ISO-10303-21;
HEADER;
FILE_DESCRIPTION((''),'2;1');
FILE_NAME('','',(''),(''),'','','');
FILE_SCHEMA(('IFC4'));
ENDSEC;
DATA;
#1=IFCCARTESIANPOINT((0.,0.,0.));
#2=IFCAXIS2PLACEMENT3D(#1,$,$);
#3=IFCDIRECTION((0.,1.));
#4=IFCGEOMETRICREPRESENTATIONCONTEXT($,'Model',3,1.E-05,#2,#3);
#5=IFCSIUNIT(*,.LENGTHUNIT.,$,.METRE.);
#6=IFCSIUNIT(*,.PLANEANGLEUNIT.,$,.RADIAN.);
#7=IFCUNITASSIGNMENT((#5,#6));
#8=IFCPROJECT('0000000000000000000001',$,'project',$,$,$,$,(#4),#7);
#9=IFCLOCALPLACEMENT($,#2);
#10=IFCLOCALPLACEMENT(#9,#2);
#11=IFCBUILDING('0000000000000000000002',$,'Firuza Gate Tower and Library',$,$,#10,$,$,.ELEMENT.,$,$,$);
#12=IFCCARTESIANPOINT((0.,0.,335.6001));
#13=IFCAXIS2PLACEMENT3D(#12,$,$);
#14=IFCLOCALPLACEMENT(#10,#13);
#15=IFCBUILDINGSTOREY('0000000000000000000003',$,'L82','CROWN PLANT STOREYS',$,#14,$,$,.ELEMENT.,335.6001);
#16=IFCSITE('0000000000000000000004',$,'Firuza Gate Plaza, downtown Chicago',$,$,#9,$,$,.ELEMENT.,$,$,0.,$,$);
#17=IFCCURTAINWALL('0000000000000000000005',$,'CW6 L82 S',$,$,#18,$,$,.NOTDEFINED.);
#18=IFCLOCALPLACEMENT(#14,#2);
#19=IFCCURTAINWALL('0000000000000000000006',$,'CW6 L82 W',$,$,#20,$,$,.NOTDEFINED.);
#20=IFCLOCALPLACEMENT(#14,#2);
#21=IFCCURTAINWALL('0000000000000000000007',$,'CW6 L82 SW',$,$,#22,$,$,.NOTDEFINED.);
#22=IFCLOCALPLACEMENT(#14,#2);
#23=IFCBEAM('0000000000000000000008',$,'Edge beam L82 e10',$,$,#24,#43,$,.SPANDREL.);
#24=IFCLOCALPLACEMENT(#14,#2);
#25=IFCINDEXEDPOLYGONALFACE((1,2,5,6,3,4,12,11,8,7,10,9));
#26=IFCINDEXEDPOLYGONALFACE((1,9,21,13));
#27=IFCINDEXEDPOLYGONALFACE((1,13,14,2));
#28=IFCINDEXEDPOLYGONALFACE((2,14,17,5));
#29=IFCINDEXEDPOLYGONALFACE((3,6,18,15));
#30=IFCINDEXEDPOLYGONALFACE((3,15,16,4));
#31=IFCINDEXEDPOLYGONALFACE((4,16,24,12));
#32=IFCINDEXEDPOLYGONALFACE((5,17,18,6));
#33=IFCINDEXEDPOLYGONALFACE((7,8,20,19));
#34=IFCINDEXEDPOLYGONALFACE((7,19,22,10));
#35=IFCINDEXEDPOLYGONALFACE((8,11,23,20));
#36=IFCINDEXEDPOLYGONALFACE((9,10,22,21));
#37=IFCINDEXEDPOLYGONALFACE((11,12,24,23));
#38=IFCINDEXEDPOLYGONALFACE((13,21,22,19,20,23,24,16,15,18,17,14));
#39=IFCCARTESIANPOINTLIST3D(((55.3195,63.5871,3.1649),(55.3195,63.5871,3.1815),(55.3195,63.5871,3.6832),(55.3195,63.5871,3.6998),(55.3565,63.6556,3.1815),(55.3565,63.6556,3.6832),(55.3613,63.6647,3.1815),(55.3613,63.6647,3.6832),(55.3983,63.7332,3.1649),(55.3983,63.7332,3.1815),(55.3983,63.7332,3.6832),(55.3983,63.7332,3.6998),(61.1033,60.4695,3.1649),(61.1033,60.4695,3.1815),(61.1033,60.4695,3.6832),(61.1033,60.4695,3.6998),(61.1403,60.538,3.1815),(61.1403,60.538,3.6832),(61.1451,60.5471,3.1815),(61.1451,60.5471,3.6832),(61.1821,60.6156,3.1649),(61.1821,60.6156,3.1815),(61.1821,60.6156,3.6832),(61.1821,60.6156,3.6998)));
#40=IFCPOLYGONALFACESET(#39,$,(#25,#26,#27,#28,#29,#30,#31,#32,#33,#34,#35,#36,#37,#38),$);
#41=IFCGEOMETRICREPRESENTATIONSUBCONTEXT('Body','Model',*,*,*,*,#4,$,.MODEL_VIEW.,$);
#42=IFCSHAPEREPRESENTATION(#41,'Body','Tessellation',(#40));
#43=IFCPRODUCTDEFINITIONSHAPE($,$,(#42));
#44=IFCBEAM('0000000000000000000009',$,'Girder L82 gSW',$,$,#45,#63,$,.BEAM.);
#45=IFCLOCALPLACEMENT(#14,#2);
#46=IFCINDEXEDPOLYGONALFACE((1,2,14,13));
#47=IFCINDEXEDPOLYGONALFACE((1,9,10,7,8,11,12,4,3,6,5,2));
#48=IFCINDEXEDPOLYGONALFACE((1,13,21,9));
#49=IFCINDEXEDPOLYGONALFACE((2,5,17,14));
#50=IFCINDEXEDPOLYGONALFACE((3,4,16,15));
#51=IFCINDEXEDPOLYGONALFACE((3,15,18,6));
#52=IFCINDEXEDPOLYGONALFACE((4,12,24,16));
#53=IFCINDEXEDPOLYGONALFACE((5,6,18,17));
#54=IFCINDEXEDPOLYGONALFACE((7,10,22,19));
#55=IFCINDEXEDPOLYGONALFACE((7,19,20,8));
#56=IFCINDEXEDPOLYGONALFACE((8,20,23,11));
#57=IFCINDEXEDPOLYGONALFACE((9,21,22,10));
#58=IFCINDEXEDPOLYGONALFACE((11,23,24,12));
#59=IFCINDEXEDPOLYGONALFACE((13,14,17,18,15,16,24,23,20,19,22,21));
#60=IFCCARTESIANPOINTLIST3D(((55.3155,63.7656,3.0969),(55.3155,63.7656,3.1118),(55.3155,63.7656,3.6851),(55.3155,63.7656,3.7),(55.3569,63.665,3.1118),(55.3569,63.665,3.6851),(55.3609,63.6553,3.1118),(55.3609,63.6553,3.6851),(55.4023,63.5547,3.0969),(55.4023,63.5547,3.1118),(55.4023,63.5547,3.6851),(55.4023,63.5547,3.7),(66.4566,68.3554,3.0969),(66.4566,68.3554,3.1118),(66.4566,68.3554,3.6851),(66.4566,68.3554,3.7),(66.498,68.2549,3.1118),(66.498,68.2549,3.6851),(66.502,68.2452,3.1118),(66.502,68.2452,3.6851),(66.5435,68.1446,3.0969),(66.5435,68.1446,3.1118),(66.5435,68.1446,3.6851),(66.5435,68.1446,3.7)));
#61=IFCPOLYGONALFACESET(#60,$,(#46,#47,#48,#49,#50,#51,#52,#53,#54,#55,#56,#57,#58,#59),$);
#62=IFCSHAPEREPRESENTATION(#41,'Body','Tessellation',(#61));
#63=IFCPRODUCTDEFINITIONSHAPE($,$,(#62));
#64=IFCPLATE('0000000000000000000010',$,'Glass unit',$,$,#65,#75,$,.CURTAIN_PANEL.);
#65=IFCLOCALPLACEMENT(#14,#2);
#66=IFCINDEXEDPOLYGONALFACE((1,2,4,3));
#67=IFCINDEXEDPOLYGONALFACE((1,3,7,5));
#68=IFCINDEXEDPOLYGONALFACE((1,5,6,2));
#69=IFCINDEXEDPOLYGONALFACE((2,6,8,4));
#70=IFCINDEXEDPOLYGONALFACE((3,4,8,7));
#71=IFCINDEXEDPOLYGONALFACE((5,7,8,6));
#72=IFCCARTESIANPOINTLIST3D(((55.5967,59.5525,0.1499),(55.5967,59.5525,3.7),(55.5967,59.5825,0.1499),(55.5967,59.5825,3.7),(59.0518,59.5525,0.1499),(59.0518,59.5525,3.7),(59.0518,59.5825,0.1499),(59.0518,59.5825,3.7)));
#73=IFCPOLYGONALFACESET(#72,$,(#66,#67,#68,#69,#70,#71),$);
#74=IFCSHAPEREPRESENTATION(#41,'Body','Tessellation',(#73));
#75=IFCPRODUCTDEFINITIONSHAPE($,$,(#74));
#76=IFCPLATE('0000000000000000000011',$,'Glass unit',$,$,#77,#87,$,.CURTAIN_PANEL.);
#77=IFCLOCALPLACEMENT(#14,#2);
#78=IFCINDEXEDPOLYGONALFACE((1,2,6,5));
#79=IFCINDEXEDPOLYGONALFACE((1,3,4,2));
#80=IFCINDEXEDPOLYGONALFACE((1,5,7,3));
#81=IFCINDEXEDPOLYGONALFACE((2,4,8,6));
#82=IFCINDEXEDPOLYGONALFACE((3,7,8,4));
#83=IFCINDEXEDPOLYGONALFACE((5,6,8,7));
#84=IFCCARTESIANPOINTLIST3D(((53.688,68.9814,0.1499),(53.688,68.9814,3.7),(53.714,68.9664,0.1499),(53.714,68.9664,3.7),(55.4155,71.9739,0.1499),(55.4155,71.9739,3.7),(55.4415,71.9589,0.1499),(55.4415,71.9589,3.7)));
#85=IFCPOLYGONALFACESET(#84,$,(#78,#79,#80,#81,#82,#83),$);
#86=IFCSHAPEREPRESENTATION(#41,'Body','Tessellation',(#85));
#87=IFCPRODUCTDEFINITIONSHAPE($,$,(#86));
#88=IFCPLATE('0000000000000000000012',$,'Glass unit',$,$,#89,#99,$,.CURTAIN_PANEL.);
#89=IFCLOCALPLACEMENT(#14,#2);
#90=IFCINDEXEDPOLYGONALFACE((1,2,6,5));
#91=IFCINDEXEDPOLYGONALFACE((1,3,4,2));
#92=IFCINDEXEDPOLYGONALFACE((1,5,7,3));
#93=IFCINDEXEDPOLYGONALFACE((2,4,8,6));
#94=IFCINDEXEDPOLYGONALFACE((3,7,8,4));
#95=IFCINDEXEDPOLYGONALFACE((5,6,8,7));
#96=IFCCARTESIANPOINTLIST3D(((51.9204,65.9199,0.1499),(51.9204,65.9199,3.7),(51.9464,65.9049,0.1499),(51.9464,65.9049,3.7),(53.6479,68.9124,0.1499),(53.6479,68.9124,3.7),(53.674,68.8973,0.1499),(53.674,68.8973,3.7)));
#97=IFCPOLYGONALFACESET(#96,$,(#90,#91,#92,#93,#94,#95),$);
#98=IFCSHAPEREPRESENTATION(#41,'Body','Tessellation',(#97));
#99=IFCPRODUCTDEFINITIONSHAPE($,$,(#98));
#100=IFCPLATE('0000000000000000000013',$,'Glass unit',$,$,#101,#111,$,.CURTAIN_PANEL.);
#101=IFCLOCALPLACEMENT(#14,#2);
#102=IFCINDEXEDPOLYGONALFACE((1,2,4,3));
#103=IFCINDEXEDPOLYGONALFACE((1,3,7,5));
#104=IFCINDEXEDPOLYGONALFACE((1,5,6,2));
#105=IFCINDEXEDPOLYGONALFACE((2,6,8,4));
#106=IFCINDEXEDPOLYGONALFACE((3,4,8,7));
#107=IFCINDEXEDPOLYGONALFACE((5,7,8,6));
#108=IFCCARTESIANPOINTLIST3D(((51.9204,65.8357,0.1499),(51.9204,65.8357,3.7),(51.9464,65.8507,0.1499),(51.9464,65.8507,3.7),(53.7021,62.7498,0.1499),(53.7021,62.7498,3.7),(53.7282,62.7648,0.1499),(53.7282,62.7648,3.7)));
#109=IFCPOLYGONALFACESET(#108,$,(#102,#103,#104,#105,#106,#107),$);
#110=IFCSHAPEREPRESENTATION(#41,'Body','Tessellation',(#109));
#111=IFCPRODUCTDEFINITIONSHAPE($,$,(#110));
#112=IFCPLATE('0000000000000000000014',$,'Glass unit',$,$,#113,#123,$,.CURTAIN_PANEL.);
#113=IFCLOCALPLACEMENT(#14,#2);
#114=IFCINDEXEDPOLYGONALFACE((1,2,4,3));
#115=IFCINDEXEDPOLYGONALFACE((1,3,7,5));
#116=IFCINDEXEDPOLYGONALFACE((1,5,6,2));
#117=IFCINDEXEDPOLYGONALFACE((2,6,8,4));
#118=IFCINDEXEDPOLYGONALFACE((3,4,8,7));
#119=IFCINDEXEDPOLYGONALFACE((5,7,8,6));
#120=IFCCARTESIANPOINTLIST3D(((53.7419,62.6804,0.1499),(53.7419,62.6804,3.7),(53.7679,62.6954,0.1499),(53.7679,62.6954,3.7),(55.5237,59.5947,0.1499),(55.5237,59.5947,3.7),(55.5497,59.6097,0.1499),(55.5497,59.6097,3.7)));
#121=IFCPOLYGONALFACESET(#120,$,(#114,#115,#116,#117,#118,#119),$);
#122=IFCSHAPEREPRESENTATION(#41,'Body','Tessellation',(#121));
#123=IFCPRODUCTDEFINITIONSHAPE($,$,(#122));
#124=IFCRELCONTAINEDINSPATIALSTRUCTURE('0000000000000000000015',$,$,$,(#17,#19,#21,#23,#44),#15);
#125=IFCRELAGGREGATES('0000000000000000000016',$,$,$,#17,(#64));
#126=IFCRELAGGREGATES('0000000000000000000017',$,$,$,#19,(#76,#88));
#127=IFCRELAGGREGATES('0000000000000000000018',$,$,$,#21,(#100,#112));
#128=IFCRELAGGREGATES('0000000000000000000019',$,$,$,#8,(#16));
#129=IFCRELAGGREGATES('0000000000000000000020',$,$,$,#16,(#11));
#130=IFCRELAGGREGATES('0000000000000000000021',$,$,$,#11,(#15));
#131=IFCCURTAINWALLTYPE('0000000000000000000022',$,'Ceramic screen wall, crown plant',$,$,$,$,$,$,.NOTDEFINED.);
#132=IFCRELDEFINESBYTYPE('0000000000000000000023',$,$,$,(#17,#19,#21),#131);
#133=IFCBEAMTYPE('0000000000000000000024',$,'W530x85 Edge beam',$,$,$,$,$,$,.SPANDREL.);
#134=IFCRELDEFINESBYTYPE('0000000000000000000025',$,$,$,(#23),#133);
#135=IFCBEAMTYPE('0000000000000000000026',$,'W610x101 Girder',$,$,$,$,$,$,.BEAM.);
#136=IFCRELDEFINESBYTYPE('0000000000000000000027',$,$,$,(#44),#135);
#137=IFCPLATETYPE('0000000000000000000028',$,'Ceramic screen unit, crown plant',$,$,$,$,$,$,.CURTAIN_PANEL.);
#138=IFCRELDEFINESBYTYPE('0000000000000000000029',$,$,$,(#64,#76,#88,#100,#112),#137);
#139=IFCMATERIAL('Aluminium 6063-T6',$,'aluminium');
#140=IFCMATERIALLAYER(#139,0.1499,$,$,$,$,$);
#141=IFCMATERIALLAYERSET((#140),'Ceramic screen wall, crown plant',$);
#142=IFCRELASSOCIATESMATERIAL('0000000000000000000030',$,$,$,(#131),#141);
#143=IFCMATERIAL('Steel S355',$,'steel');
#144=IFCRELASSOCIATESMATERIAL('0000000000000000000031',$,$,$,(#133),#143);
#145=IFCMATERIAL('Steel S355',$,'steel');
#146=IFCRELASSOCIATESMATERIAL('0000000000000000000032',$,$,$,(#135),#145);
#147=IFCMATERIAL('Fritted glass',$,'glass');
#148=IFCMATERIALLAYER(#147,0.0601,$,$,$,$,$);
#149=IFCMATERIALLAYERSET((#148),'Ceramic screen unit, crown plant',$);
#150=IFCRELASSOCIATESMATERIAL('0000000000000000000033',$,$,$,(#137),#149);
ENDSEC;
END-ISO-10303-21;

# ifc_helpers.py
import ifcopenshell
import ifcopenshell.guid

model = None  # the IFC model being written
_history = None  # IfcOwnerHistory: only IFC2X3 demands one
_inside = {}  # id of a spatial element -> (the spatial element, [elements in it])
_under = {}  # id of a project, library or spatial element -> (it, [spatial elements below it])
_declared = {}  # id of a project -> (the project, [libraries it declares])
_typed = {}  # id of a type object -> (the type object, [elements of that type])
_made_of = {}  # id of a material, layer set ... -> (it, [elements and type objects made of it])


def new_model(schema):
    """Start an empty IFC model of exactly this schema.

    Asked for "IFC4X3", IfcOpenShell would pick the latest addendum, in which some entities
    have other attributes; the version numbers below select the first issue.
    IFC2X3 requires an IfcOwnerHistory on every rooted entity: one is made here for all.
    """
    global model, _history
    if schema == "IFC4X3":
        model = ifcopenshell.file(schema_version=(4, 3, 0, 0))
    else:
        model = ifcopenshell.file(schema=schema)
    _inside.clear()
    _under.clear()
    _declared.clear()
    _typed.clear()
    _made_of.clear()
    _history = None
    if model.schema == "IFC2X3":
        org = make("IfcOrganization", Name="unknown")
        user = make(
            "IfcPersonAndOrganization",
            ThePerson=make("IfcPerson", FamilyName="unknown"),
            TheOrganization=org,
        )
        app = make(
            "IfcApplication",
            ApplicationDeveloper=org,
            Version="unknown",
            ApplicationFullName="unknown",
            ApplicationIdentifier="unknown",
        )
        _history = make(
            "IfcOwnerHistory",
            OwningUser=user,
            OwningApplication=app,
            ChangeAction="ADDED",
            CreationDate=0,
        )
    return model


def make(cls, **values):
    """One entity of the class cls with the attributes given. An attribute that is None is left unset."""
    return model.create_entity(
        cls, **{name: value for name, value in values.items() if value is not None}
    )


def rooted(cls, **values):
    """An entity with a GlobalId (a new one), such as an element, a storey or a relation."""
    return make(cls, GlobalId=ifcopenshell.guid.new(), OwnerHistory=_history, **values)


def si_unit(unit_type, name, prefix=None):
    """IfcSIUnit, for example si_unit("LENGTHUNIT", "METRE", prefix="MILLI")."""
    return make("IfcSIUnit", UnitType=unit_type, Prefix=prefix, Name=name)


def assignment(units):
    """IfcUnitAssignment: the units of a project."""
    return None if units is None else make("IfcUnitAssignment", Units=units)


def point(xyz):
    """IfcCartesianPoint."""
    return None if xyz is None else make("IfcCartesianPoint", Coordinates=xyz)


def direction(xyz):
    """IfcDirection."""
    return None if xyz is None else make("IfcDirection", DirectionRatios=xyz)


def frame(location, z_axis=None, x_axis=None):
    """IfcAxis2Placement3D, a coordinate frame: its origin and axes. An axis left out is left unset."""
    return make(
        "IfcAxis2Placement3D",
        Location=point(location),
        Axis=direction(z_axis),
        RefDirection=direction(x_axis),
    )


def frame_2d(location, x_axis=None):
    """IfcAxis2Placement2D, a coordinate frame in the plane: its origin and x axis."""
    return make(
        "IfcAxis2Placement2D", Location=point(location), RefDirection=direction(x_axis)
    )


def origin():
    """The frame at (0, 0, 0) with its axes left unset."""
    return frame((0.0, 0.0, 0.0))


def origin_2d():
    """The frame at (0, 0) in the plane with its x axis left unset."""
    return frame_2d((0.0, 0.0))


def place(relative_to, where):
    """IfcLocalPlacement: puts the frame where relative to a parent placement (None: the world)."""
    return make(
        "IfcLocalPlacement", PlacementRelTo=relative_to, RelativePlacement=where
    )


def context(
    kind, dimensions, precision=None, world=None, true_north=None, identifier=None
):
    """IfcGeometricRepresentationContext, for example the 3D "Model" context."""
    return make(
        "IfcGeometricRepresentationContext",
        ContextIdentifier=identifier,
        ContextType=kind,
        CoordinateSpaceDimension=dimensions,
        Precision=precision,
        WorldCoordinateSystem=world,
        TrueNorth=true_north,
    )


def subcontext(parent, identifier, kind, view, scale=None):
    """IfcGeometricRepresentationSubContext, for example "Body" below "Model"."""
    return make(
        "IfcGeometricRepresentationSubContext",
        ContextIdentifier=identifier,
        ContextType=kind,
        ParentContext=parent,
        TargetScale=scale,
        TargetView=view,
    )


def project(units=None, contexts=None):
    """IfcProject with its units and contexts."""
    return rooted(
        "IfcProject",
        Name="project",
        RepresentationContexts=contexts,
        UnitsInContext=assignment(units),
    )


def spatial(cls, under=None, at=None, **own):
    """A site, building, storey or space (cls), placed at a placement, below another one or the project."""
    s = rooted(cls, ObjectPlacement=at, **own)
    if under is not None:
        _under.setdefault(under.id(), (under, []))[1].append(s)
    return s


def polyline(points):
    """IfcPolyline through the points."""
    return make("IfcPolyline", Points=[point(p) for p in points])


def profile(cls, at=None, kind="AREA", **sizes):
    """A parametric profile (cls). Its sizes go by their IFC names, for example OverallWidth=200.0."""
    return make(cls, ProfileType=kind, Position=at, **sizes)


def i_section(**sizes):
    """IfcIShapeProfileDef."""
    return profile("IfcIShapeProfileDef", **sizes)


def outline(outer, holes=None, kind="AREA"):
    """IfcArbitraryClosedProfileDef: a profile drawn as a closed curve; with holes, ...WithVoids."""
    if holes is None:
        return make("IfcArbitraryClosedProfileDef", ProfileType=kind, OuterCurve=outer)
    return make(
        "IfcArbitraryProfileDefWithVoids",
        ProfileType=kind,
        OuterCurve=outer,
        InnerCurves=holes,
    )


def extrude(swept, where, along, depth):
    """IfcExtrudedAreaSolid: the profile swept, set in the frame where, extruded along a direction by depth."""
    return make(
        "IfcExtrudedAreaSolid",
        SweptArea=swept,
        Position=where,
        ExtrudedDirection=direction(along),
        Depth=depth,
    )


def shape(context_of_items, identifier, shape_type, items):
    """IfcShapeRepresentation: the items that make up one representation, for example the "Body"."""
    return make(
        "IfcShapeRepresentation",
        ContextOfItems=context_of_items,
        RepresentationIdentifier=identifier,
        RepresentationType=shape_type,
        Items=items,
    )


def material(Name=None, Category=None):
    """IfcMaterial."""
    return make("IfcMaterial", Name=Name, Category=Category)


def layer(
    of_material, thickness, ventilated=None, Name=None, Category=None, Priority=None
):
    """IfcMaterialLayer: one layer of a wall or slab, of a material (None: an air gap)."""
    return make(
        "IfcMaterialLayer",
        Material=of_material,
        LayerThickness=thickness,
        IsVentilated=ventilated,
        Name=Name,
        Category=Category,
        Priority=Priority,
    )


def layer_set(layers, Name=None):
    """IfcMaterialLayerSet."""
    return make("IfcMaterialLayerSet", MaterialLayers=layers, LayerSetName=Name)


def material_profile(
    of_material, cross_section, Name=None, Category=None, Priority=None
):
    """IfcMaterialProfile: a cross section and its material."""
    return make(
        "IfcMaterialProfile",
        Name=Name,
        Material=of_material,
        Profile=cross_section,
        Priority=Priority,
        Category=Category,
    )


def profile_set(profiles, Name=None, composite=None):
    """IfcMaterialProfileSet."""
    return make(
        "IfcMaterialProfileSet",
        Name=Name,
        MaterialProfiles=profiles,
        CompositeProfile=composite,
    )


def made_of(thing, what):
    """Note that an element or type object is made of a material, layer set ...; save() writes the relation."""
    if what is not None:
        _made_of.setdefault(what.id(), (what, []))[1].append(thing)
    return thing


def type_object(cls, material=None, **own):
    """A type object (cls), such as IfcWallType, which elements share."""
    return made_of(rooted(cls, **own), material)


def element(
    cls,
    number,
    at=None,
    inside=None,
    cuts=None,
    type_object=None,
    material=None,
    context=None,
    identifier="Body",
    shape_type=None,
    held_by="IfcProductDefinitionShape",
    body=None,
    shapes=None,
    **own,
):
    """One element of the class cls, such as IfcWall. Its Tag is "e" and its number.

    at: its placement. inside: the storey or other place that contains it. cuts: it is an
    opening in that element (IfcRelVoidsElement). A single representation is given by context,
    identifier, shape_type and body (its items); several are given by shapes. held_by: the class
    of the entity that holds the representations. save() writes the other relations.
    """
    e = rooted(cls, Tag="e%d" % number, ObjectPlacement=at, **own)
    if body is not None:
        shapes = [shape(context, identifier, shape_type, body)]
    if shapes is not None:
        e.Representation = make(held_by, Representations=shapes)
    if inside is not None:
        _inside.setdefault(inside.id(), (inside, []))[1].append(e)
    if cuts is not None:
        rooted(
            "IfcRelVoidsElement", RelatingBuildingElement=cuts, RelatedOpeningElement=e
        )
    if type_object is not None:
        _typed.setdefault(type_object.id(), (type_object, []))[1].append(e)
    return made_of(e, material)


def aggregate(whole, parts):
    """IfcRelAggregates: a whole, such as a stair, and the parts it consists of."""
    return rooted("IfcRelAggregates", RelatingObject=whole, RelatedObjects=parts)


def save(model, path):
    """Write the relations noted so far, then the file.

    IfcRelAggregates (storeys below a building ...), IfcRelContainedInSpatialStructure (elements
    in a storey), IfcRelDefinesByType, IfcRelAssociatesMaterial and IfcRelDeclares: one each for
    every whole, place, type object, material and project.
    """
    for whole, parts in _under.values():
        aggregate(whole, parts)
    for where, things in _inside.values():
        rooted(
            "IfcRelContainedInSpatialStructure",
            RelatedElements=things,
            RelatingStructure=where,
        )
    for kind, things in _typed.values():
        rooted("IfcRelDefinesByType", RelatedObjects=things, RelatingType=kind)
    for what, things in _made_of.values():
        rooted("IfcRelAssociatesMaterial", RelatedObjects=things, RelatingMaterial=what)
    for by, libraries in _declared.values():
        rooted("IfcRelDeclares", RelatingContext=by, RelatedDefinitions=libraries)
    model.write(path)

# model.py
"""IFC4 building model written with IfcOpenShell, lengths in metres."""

from ifc_helpers import new_model, si_unit, direction, frame, origin, origin_2d, place, context, subcontext, project, spatial, polyline, i_section, outline, extrude, material, layer, layer_set, material_profile, profile_set, type_object, element, aggregate, save


model = new_model("IFC4")

# Units and contexts
model_context = context("Model", 3, precision=1e-05, world=origin(), true_north=direction((0.0, 1.0)))
body_context = subcontext(model_context, "Body", "Model", "MODEL_VIEW")
ifc_project = project(units=[si_unit("LENGTHUNIT", "METRE"), si_unit("PLANEANGLEUNIT", "RADIAN")], contexts=[model_context])

# Site, building, storey
site_placement = place(None, origin())
site = spatial("IfcSite", under=ifc_project, at=site_placement, Name="Firuza Gate Plaza, downtown Chicago", CompositionType="ELEMENT", RefElevation=0.0)
building_placement = place(site_placement, origin())
building = spatial("IfcBuilding", under=site, at=building_placement, Name="Firuza Gate Tower and Library", CompositionType="ELEMENT")
storey_placement = place(building_placement, frame((0.0, 0.0, 335.6001)))
storey = spatial("IfcBuildingStorey", under=building, at=storey_placement, Name="L82", Description="CROWN PLANT STOREYS", CompositionType="ELEMENT", Elevation=335.6001)

# Curtain wall
ifc_material_1 = material(Name="Aluminium 6063-T6", Category="aluminium")
ifc_layer_1 = layer(ifc_material_1, 0.1499)
ifc_layer_set_1 = layer_set([ifc_layer_1], Name="Ceramic screen wall, crown plant")
curtain_wall_type = type_object("IfcCurtainWallType", Name="Ceramic screen wall, crown plant", PredefinedType="NOTDEFINED", material=ifc_layer_set_1)
placement_1 = place(storey_placement, origin())
curtain_wall_1 = element("IfcCurtainWall", 1, at=placement_1, inside=storey, type_object=curtain_wall_type, Name="CW6 L82 S", PredefinedType="NOTDEFINED")

# Curtain walls
curtain_wall_2 = element("IfcCurtainWall", 2, at=placement_1, inside=storey, type_object=curtain_wall_type, Name="CW6 L82 W", PredefinedType="NOTDEFINED")
curtain_wall_3 = element("IfcCurtainWall", 3, at=placement_1, inside=storey, type_object=curtain_wall_type, Name="CW6 L82 SW", PredefinedType="NOTDEFINED")

# Beams
ifc_material_2 = material(Name="Steel S355", Category="steel")
ifc_material_profile_1 = material_profile(ifc_material_2, i_section(OverallWidth=0.166, OverallDepth=0.5349, WebThickness=0.0103, FlangeThickness=0.0166, at=origin_2d()))
ifc_profile_set_1 = profile_set([ifc_material_profile_1], Name="Steel S355")
beam_type_1 = type_object("IfcBeamType", Name="W530x85 Edge beam", PredefinedType="SPANDREL", material=ifc_profile_set_1)
for number, where, z_axis, x_axis, name in (
    (4, (55.3589, 63.6602, 3.4324), (0.880265, -0.474483, 0.0), (0.474483, 0.880265, 0.0), "Edge beam L82 e10"),
):
    element("IfcBeam", number, at=place(storey_placement, frame(where, z_axis=z_axis, x_axis=x_axis)), inside=storey, type_object=beam_type_1, Name=name, PredefinedType="SPANDREL", context=body_context, shape_type="SweptSolid", body=[
        extrude(i_section(OverallWidth=0.166, OverallDepth=0.5349, WebThickness=0.0103, FlangeThickness=0.0166, at=origin_2d()), origin(), (0.0, 0.0, 1.0), 6.5706),
    ])
ifc_material_3 = material(Name="Steel S355", Category="steel")
ifc_material_profile_2 = material_profile(ifc_material_3, i_section(OverallWidth=0.228, OverallDepth=0.603, WebThickness=0.0105, FlangeThickness=0.0149, at=origin_2d()))
ifc_profile_set_2 = profile_set([ifc_material_profile_2], Name="Steel S355")
beam_type_2 = type_object("IfcBeamType", Name="W610x101 Girder", PredefinedType="BEAM", material=ifc_profile_set_2)
beam_1_placement = place(storey_placement, frame((55.3589, 63.6602, 3.3984), z_axis=(0.92461, 0.380915, 0.0), x_axis=(-0.380915, 0.92461, 0.0)))
element("IfcBeam", 5, at=beam_1_placement, inside=storey, type_object=beam_type_2, Name="Girder L82 gSW", PredefinedType="BEAM", context=body_context, shape_type="SweptSolid", body=[
    extrude(i_section(OverallWidth=0.228, OverallDepth=0.603, WebThickness=0.0105, FlangeThickness=0.0149, at=origin_2d()), origin(), (0.0, 0.0, 1.0), 12.0496),
])

# Plates
ifc_material_4 = material(Name="Fritted glass", Category="glass")
ifc_layer_2 = layer(ifc_material_4, 0.0601)
ifc_layer_set_2 = layer_set([ifc_layer_2], Name="Ceramic screen unit, crown plant")
plate_type = type_object("IfcPlateType", Name="Ceramic screen unit, crown plant", PredefinedType="CURTAIN_PANEL", material=ifc_layer_set_2)
plate_1_placement = place(storey_placement, frame((55.5967, 59.5525, 0.1499), z_axis=(0.0, -1.0, 0.0), x_axis=(1.0, 0.0, 0.0)))
plate_1 = element("IfcPlate", 6, at=plate_1_placement, type_object=plate_type, Name="Glass unit", PredefinedType="CURTAIN_PANEL", context=body_context, shape_type="SweptSolid", body=[
    extrude(outline(polyline([(0.0, 0.0), (3.4551, 0.0), (3.4551, 3.55), (0.0, 3.55), (0.0, 0.0)])), origin(), (0.0, 0.0, -1.0), 0.03),
])
aggregate(curtain_wall_1, [plate_1])
plate_2_placement = place(storey_placement, frame((55.4155, 71.9739, 0.1499), z_axis=(-0.866043, 0.499969, 0.0), x_axis=(-0.499969, -0.866043, 0.0)))
plate_2 = element("IfcPlate", 7, at=plate_2_placement, type_object=plate_type, Name="Glass unit", PredefinedType="CURTAIN_PANEL", context=body_context, shape_type="SweptSolid", body=[
    extrude(outline(polyline([(0.0, 0.0), (3.4553, 0.0), (3.4553, 3.55), (0.0, 3.55), (0.0, 0.0)])), origin(), (0.0, 0.0, -1.0), 0.03),
])
plate_3_placement = place(storey_placement, frame((53.6479, 68.9124, 0.1499), z_axis=(-0.866043, 0.499969, 0.0), x_axis=(-0.499969, -0.866043, 0.0)))
plate_3 = element("IfcPlate", 8, at=plate_3_placement, type_object=plate_type, Name="Glass unit", PredefinedType="CURTAIN_PANEL", context=body_context, shape_type="SweptSolid", body=[
    extrude(outline(polyline([(0.0, 0.0), (3.4553, 0.0), (3.4553, 3.55), (0.0, 3.55), (0.0, 0.0)])), origin(), (0.0, 0.0, -1.0), 0.03),
])
aggregate(curtain_wall_2, [plate_2, plate_3])
plate_4_placement = place(storey_placement, frame((51.9204, 65.8357, 0.1499), z_axis=(-0.866017, -0.500015, 0.0), x_axis=(0.500015, -0.866017, 0.0)))
plate_4 = element("IfcPlate", 9, at=plate_4_placement, type_object=plate_type, Name="Glass unit", PredefinedType="CURTAIN_PANEL", context=body_context, shape_type="SweptSolid", body=[
    extrude(outline(polyline([(0.0, 0.0), (3.5634, 0.0), (3.5634, 3.55), (0.0, 3.55), (0.0, 0.0)])), origin(), (0.0, 0.0, -1.0), 0.03),
])
plate_5_placement = place(storey_placement, frame((53.7419, 62.6804, 0.1499), z_axis=(-0.866, -0.500045, 0.0), x_axis=(0.500045, -0.866, 0.0)))
plate_5 = element("IfcPlate", 10, at=plate_5_placement, type_object=plate_type, Name="Glass unit", PredefinedType="CURTAIN_PANEL", context=body_context, shape_type="SweptSolid", body=[
    extrude(outline(polyline([(0.0, 0.0), (3.5632, 0.0), (3.5632, 3.55), (0.0, 3.55), (0.0, 0.0)])), origin(), (0.0, 0.0, -1.0), 0.03),
])
aggregate(curtain_wall_3, [plate_4, plate_5])

save(model, "model.ifc")
